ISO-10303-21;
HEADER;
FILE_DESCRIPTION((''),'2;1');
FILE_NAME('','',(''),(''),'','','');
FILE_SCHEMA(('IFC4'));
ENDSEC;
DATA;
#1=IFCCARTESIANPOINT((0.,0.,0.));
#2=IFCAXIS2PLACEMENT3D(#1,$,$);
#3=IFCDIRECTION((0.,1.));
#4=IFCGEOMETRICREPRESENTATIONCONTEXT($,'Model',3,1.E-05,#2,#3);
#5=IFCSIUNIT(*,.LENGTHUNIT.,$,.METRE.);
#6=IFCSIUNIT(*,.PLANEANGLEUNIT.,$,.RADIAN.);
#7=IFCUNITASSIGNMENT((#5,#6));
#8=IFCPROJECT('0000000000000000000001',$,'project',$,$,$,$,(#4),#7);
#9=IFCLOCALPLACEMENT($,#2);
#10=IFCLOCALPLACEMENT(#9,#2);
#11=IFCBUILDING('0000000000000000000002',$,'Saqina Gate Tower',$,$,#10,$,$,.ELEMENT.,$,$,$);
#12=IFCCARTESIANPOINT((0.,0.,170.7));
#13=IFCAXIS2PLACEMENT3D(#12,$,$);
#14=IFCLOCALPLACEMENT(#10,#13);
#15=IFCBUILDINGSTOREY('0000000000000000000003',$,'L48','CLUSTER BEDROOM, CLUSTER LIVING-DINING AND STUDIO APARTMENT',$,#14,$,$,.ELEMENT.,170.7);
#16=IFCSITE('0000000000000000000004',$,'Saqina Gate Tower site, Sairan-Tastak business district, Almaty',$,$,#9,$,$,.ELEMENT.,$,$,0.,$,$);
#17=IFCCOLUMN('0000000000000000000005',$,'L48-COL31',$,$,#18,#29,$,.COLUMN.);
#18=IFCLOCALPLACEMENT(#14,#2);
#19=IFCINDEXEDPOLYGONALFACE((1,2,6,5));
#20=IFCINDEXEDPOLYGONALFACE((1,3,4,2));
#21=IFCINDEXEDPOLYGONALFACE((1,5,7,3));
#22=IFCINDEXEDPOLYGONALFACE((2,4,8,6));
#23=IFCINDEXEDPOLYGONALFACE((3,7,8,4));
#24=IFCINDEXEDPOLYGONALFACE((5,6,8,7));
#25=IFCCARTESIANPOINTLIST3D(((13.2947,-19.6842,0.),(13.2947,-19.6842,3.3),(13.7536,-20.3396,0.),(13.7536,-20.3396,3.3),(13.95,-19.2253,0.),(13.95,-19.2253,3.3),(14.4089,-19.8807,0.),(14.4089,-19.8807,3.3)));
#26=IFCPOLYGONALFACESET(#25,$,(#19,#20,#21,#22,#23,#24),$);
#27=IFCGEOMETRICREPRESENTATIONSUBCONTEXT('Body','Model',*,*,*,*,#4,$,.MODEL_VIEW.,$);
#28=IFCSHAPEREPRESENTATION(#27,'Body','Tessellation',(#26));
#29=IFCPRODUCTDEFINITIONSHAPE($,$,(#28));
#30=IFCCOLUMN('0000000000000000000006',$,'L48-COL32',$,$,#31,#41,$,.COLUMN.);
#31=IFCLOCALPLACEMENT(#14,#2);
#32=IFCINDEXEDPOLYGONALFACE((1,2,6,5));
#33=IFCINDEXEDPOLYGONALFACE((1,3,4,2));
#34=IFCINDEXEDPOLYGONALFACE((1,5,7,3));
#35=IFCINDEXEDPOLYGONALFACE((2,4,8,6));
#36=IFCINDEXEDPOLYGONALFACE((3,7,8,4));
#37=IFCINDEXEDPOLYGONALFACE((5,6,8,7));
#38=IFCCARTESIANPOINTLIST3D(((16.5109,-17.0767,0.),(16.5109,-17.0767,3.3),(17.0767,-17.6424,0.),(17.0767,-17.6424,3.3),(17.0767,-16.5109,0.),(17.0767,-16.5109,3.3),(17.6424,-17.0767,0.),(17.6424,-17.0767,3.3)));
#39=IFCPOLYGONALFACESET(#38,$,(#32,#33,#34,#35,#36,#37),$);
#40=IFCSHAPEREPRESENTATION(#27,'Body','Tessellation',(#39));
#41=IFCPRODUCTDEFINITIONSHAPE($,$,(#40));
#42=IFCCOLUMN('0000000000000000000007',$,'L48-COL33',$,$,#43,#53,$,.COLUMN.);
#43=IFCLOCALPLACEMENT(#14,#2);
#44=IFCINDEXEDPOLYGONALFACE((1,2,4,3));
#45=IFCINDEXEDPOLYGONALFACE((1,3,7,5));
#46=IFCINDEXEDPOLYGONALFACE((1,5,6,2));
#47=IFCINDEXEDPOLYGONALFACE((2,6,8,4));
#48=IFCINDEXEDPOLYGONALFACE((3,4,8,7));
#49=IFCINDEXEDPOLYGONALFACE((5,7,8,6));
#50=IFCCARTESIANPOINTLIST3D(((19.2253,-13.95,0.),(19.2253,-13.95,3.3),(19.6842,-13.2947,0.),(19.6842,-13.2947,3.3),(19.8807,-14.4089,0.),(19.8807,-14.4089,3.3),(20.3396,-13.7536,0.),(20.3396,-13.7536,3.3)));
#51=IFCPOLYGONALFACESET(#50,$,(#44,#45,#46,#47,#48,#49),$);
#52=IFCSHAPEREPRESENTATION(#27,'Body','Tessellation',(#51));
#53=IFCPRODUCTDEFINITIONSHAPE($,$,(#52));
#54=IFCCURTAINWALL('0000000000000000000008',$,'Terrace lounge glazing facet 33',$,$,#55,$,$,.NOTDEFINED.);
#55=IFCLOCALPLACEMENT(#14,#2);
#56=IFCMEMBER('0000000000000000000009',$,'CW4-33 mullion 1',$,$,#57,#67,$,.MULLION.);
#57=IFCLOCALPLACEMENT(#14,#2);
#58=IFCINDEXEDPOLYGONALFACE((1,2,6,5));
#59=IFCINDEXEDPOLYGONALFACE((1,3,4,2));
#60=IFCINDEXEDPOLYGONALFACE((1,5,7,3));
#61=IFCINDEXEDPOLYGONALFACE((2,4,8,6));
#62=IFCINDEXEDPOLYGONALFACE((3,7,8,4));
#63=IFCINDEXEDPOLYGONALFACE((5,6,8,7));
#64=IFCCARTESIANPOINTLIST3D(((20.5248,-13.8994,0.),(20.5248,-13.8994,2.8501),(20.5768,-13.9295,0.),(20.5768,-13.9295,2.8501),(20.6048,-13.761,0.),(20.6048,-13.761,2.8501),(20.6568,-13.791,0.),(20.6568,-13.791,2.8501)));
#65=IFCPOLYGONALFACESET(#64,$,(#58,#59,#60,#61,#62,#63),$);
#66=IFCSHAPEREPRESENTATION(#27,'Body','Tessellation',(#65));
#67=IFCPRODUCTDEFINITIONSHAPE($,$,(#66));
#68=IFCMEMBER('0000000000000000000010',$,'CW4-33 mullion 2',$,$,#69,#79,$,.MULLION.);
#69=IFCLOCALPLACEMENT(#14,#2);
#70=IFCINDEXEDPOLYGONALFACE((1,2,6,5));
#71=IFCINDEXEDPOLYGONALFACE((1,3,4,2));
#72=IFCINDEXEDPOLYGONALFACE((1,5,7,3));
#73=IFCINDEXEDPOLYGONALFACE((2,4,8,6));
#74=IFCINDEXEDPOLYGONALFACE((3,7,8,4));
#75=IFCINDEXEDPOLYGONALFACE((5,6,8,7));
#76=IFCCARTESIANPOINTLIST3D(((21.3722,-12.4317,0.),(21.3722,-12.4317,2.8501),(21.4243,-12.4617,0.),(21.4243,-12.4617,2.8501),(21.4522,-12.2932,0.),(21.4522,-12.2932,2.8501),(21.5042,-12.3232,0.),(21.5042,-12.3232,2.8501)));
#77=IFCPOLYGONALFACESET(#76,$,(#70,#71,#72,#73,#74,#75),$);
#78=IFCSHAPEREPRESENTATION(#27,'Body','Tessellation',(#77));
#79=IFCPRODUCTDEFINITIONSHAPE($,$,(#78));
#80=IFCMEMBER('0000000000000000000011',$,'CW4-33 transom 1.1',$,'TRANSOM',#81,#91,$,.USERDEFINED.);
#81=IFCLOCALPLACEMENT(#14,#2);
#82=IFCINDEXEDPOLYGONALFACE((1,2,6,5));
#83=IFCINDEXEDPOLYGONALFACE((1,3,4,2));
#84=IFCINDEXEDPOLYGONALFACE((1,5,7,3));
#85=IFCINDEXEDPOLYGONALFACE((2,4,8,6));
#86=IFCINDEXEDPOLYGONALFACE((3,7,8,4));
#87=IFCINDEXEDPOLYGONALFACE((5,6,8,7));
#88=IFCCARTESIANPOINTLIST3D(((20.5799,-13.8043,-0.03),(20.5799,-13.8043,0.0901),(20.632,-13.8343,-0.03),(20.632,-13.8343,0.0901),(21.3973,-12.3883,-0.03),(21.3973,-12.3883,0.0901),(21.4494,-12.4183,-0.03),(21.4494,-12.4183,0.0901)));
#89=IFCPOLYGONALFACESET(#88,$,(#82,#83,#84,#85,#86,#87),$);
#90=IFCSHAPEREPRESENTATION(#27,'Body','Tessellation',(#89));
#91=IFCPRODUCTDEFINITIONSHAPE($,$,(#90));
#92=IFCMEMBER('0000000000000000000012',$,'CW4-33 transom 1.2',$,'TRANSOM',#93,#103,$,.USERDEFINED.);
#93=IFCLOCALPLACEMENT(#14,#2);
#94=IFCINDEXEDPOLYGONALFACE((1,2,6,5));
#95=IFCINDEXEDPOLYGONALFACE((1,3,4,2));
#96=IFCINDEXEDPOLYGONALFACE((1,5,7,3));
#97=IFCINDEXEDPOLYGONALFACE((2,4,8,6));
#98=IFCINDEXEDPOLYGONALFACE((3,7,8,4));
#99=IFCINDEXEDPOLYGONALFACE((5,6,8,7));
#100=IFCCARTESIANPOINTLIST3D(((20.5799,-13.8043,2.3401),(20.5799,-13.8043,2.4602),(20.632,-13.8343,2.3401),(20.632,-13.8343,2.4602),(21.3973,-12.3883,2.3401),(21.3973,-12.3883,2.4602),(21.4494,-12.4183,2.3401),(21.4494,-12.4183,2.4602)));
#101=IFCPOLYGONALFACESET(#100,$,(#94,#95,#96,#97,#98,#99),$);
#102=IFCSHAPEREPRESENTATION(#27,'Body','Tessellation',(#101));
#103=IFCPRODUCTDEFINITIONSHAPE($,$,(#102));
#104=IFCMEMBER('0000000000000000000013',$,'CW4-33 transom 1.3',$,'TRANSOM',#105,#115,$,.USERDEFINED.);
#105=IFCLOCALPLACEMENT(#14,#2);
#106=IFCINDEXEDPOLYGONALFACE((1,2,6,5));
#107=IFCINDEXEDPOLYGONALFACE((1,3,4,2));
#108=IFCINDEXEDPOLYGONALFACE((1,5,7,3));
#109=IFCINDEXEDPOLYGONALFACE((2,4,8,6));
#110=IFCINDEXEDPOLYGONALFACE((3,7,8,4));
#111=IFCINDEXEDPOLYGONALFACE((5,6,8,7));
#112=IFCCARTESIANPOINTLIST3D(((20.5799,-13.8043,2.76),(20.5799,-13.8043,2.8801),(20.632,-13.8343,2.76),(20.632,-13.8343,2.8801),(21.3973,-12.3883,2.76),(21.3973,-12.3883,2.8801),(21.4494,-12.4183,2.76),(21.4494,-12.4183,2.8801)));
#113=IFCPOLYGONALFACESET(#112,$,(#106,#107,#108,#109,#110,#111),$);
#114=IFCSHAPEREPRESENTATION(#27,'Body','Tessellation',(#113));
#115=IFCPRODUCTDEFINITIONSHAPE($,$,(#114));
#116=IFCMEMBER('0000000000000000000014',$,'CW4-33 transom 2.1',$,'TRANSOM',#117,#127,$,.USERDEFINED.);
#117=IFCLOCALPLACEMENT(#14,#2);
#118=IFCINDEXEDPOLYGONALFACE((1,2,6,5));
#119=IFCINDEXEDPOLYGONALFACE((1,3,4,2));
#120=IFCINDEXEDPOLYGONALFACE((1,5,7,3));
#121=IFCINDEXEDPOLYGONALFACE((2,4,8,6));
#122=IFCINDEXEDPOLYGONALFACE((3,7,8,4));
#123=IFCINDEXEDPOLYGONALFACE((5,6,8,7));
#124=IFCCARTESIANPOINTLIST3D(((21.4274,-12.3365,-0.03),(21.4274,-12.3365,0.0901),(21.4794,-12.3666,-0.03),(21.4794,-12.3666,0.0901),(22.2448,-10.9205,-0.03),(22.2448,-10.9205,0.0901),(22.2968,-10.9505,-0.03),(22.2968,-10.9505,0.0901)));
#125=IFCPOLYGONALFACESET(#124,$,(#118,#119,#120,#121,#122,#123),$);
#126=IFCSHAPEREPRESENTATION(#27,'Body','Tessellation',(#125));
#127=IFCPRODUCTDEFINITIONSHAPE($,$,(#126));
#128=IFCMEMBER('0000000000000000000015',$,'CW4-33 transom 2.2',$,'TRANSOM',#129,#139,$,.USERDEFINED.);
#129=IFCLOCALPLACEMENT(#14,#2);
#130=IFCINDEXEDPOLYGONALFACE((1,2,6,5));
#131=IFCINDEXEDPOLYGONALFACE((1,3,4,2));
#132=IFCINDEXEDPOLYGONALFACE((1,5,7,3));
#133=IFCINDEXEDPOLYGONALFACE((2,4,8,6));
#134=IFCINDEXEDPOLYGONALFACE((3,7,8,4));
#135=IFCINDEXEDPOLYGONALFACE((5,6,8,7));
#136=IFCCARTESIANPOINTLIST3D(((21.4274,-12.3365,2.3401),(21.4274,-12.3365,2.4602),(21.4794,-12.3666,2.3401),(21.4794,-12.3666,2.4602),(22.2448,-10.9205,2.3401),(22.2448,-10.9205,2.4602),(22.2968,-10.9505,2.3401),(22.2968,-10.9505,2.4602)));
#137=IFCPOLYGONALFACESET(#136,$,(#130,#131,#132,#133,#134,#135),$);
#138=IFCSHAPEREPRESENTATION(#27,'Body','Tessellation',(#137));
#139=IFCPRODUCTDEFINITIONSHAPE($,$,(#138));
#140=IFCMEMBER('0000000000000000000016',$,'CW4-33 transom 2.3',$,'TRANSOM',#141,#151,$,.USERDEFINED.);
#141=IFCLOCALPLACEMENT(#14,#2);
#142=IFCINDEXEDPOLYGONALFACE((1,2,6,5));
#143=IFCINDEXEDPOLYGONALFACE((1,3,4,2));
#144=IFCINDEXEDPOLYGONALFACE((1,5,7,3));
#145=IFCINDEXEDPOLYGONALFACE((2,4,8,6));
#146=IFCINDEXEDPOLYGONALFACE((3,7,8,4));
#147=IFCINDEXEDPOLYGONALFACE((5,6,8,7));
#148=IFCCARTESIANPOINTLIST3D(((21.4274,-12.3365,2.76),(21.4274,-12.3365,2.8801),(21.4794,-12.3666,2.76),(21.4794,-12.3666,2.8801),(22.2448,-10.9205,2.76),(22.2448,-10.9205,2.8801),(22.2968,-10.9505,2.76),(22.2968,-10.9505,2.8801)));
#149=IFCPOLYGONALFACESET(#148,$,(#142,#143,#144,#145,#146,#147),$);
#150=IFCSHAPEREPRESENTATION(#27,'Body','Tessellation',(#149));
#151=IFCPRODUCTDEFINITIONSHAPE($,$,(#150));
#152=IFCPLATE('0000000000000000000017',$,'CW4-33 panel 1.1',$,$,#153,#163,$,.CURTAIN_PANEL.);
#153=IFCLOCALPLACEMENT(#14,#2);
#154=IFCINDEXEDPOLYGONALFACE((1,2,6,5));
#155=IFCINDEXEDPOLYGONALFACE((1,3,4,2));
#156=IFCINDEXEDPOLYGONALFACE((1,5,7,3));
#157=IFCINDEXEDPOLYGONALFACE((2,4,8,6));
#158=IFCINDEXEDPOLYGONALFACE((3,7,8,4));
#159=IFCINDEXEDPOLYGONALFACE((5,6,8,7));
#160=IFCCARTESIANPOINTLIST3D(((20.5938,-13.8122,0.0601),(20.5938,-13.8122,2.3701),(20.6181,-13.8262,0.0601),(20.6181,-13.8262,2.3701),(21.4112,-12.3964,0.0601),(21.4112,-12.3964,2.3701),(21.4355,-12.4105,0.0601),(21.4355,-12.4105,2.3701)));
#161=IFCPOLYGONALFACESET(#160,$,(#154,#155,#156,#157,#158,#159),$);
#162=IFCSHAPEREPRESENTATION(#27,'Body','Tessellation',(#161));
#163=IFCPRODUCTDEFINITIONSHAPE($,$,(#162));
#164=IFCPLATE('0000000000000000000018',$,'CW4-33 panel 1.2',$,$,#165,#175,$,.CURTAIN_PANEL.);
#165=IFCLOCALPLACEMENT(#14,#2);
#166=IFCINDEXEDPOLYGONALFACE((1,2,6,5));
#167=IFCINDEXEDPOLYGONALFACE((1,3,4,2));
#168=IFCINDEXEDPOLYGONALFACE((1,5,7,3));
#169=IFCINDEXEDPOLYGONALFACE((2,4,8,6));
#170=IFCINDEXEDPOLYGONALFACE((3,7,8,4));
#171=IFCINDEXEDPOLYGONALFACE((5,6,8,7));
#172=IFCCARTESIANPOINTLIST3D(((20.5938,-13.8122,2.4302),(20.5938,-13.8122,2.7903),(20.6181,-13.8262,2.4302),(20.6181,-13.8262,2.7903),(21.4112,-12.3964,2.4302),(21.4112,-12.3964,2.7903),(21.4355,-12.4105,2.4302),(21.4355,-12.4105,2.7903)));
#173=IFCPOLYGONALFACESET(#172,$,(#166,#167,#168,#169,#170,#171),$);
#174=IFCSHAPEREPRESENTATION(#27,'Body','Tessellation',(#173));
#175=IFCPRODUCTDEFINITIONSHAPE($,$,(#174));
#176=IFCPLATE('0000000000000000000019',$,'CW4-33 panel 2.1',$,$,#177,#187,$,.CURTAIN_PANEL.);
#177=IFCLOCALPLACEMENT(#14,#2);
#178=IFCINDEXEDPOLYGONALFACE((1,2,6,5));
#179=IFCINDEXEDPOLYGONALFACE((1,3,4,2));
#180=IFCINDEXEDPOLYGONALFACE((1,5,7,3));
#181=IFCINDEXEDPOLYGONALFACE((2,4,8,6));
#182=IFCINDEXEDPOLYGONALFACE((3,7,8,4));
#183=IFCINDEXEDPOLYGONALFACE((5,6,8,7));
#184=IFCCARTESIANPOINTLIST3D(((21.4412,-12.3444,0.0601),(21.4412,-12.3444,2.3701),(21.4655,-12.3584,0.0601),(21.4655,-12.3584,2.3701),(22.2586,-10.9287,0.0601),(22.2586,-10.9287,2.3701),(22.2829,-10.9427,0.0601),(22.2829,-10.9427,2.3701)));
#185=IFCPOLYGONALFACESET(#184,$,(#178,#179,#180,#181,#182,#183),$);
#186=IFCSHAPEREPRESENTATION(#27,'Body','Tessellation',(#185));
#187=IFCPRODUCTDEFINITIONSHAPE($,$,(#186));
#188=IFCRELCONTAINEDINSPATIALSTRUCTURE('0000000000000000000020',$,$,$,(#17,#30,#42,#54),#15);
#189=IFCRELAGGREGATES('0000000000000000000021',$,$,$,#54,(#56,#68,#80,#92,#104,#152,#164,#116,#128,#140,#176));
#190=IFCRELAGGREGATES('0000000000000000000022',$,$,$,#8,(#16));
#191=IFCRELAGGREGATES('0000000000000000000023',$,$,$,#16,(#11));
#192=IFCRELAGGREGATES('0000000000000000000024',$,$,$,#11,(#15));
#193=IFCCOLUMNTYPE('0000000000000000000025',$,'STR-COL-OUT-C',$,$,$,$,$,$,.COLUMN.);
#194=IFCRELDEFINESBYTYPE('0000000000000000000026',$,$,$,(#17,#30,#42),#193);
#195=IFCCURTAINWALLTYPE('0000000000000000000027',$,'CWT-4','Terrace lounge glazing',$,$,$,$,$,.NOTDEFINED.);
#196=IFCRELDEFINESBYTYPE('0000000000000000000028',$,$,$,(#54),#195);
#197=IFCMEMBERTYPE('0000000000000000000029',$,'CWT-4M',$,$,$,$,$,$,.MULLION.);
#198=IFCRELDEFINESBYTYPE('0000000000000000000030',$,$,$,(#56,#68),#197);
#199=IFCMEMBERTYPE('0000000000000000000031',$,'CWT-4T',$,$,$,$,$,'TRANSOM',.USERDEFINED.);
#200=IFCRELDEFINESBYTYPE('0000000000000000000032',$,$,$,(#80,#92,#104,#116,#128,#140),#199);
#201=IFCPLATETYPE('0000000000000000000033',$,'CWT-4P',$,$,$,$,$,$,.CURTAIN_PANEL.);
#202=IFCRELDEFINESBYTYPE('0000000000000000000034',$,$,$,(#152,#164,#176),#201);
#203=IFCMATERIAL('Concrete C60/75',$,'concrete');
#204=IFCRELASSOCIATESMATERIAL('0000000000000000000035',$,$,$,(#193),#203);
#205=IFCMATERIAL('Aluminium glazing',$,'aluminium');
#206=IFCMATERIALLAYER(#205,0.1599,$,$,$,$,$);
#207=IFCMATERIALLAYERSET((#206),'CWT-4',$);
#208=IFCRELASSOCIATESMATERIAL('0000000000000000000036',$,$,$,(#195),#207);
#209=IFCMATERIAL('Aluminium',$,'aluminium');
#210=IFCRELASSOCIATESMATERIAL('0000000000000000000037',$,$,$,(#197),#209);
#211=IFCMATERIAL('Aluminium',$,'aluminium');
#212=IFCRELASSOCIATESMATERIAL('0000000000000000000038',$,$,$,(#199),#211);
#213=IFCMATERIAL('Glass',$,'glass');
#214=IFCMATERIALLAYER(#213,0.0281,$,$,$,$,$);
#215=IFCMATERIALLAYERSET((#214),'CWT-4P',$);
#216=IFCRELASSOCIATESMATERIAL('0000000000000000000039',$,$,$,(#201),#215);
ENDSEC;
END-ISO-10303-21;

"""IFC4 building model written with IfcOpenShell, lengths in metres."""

from ifc_helpers import new_model, si_unit, direction, frame, origin, origin_2d, place, context, subcontext, project, spatial, rectangle, extrude, material, layer, layer_set, material_profile, profile_set, type_object, element, aggregate, save


model = new_model("IFC4")

# Units and contexts
model_context = context("Model", 3, precision=1e-05, world=origin(), true_north=direction((0.0, 1.0)))
body_context = subcontext(model_context, "Body", "Model", "MODEL_VIEW")
ifc_project = project(units=[si_unit("LENGTHUNIT", "METRE"), si_unit("PLANEANGLEUNIT", "RADIAN")], contexts=[model_context])

# Site, building, storey
site_placement = place(None, origin())
site = spatial("IfcSite", under=ifc_project, at=site_placement, Name="Saqina Gate Tower site, Sairan-Tastak business district, Almaty", CompositionType="ELEMENT", RefElevation=0.0)
building_placement = place(site_placement, origin())
building = spatial("IfcBuilding", under=site, at=building_placement, Name="Saqina Gate Tower", CompositionType="ELEMENT")
storey_placement = place(building_placement, frame((0.0, 0.0, 170.7)))
storey = spatial("IfcBuildingStorey", under=building, at=storey_placement, Name="L48", Description="CLUSTER BEDROOM, CLUSTER LIVING-DINING AND STUDIO APARTMENT", CompositionType="ELEMENT", Elevation=170.7)

# Columns
ifc_material_1 = material(Name="Concrete C60/75", Category="concrete")
ifc_material_profile_1 = material_profile(ifc_material_1, rectangle(XDim=0.8, YDim=0.8, at=origin_2d()), Name="RC 800x800")
ifc_profile_set_1 = profile_set([ifc_material_profile_1], Name="Concrete C60/75")
column_type = type_object("IfcColumnType", Name="STR-COL-OUT-C", PredefinedType="COLUMN", material=ifc_profile_set_1)
for number, where, z_axis, x_axis, name in (
    (1, (13.8518, -19.7825, 0.0), (0.0, 0.0, 1.0), (0.573576, -0.819152, 0.0), "L48-COL31"),
    (2, (17.0767, -17.0767, 0.0), (0.0, 0.0, 1.0), (0.707107, -0.707107, 0.0), "L48-COL32"),
    (3, (19.7825, -13.8518, 0.0), (0.0, 0.0, 1.0), (0.819152, -0.573576, 0.0), "L48-COL33"),
):
    element("IfcColumn", number, at=place(storey_placement, frame(where, z_axis=z_axis, x_axis=x_axis)), inside=storey, type_object=column_type, Name=name, PredefinedType="COLUMN", context=body_context, shape_type="SweptSolid", body=[
        extrude(rectangle(XDim=0.8, YDim=0.8, at=origin_2d()), origin(), (0.0, 0.0, 1.0), 3.3),
    ])

# Curtain wall, members, plates
ifc_material_2 = material(Name="Aluminium glazing", Category="aluminium")
ifc_layer_1 = layer(ifc_material_2, 0.1599)
ifc_layer_set_1 = layer_set([ifc_layer_1], Name="CWT-4")
curtain_wall_type = type_object("IfcCurtainWallType", Name="CWT-4", Description="Terrace lounge glazing", PredefinedType="NOTDEFINED", material=ifc_layer_set_1)
curtain_wall_placement = place(storey_placement, origin())
curtain_wall = element("IfcCurtainWall", 4, at=curtain_wall_placement, inside=storey, type_object=curtain_wall_type, Name="Terrace lounge glazing facet 33", PredefinedType="NOTDEFINED")
ifc_material_3 = material(Name="Aluminium", Category="aluminium")
ifc_material_profile_2 = material_profile(ifc_material_3, rectangle(XDim=0.0601, YDim=0.1599, at=origin_2d()), Name="Aluminium 60x160")
ifc_profile_set_2 = profile_set([ifc_material_profile_2], Name="Aluminium")
member_type_1 = type_object("IfcMemberType", Name="CWT-4M", PredefinedType="MULLION", material=ifc_profile_set_2)
member_1_placement = place(storey_placement, frame((20.5908, -13.8452, 0.0), z_axis=(0.0, 0.0, 1.0), x_axis=(-0.866017, 0.500014, 0.0)))
member_1 = element("IfcMember", 5, at=member_1_placement, type_object=member_type_1, Name="CW4-33 mullion 1", PredefinedType="MULLION", context=body_context, shape_type="SweptSolid", body=[
    extrude(rectangle(XDim=0.0601, YDim=0.1599, at=origin_2d()), origin(), (0.0, 0.0, 1.0), 2.8501),
])
member_2_placement = place(storey_placement, frame((21.4382, -12.3774, 0.0), z_axis=(0.0, 0.0, 1.0), x_axis=(-0.866017, 0.500014, 0.0)))
member_2 = element("IfcMember", 6, at=member_2_placement, type_object=member_type_1, Name="CW4-33 mullion 2", PredefinedType="MULLION", context=body_context, shape_type="SweptSolid", body=[
    extrude(rectangle(XDim=0.0601, YDim=0.1599, at=origin_2d()), origin(), (0.0, 0.0, 1.0), 2.8501),
])
ifc_material_4 = material(Name="Aluminium", Category="aluminium")
ifc_material_profile_3 = material_profile(ifc_material_4, rectangle(XDim=0.0601, YDim=0.1201, at=origin_2d()), Name="Aluminium 60x120")
ifc_profile_set_3 = profile_set([ifc_material_profile_3], Name="Aluminium")
member_type_2 = type_object("IfcMemberType", Name="CWT-4T", ElementType="TRANSOM", PredefinedType="USERDEFINED", material=ifc_profile_set_3)
member_3_placement = place(storey_placement, frame((20.606, -13.8193, 0.03), z_axis=(0.499929, 0.866066, 0.0), x_axis=(-0.866066, 0.499929, 0.0)))
member_3 = element("IfcMember", 7, at=member_3_placement, type_object=member_type_2, Name="CW4-33 transom 1.1", ObjectType="TRANSOM", PredefinedType="USERDEFINED", context=body_context, shape_type="SweptSolid", body=[
    extrude(rectangle(XDim=0.0601, YDim=0.1201, at=origin_2d()), origin(), (0.0, 0.0, 1.0), 1.635),
])
member_4_placement = place(storey_placement, frame((20.606, -13.8193, 2.4001), z_axis=(0.499929, 0.866066, 0.0), x_axis=(-0.866066, 0.499929, 0.0)))
member_4 = element("IfcMember", 8, at=member_4_placement, type_object=member_type_2, Name="CW4-33 transom 1.2", ObjectType="TRANSOM", PredefinedType="USERDEFINED", context=body_context, shape_type="SweptSolid", body=[
    extrude(rectangle(XDim=0.0601, YDim=0.1201, at=origin_2d()), origin(), (0.0, 0.0, 1.0), 1.635),
])
member_5_placement = place(storey_placement, frame((20.606, -13.8193, 2.8201), z_axis=(0.499929, 0.866066, 0.0), x_axis=(-0.866066, 0.499929, 0.0)))
member_5 = element("IfcMember", 9, at=member_5_placement, type_object=member_type_2, Name="CW4-33 transom 1.3", ObjectType="TRANSOM", PredefinedType="USERDEFINED", context=body_context, shape_type="SweptSolid", body=[
    extrude(rectangle(XDim=0.0601, YDim=0.1201, at=origin_2d()), origin(), (0.0, 0.0, 1.0), 1.635),
])
member_6_placement = place(storey_placement, frame((21.4534, -12.3516, 0.03), z_axis=(0.499929, 0.866066, 0.0), x_axis=(-0.866066, 0.499929, 0.0)))
member_6 = element("IfcMember", 10, at=member_6_placement, type_object=member_type_2, Name="CW4-33 transom 2.1", ObjectType="TRANSOM", PredefinedType="USERDEFINED", context=body_context, shape_type="SweptSolid", body=[
    extrude(rectangle(XDim=0.0601, YDim=0.1201, at=origin_2d()), origin(), (0.0, 0.0, 1.0), 1.635),
])
member_7_placement = place(storey_placement, frame((21.4534, -12.3516, 2.4001), z_axis=(0.499929, 0.866066, 0.0), x_axis=(-0.866066, 0.499929, 0.0)))
member_7 = element("IfcMember", 11, at=member_7_placement, type_object=member_type_2, Name="CW4-33 transom 2.2", ObjectType="TRANSOM", PredefinedType="USERDEFINED", context=body_context, shape_type="SweptSolid", body=[
    extrude(rectangle(XDim=0.0601, YDim=0.1201, at=origin_2d()), origin(), (0.0, 0.0, 1.0), 1.635),
])
member_8_placement = place(storey_placement, frame((21.4534, -12.3516, 2.8201), z_axis=(0.499929, 0.866066, 0.0), x_axis=(-0.866066, 0.499929, 0.0)))
member_8 = element("IfcMember", 12, at=member_8_placement, type_object=member_type_2, Name="CW4-33 transom 2.3", ObjectType="TRANSOM", PredefinedType="USERDEFINED", context=body_context, shape_type="SweptSolid", body=[
    extrude(rectangle(XDim=0.0601, YDim=0.1201, at=origin_2d()), origin(), (0.0, 0.0, 1.0), 1.635),
])
ifc_material_5 = material(Name="Glass", Category="glass")
ifc_layer_2 = layer(ifc_material_5, 0.0281)
ifc_layer_set_2 = layer_set([ifc_layer_2], Name="CWT-4P")
plate_type = type_object("IfcPlateType", Name="CWT-4P", PredefinedType="CURTAIN_PANEL", material=ifc_layer_set_2)
plate_1_placement = place(storey_placement, frame((21.0146, -13.1113, 0.0601), z_axis=(0.0, 0.0, 1.0), x_axis=(0.500014, 0.866017, 0.0)))
plate_1 = element("IfcPlate", 13, at=plate_1_placement, type_object=plate_type, Name="CW4-33 panel 1.1", PredefinedType="CURTAIN_PANEL", context=body_context, shape_type="SweptSolid", body=[
    extrude(rectangle(XDim=1.6348, YDim=0.0281, at=origin_2d()), origin(), (0.0, 0.0, 1.0), 2.3101),
])
plate_2_placement = place(storey_placement, frame((21.0146, -13.1113, 2.4302), z_axis=(0.0, 0.0, 1.0), x_axis=(0.500014, 0.866017, 0.0)))
plate_2 = element("IfcPlate", 14, at=plate_2_placement, type_object=plate_type, Name="CW4-33 panel 1.2", PredefinedType="CURTAIN_PANEL", context=body_context, shape_type="SweptSolid", body=[
    extrude(rectangle(XDim=1.6348, YDim=0.0281, at=origin_2d()), origin(), (0.0, 0.0, 1.0), 0.3601),
])
plate_3_placement = place(storey_placement, frame((21.8621, -11.6436, 0.0601), z_axis=(0.0, 0.0, 1.0), x_axis=(0.500014, 0.866017, 0.0)))
plate_3 = element("IfcPlate", 15, at=plate_3_placement, type_object=plate_type, Name="CW4-33 panel 2.1", PredefinedType="CURTAIN_PANEL", context=body_context, shape_type="SweptSolid", body=[
    extrude(rectangle(XDim=1.6348, YDim=0.0281, at=origin_2d()), origin(), (0.0, 0.0, 1.0), 2.3101),
])
aggregate(curtain_wall, [member_1, member_2, member_3, member_4, member_5, plate_1, plate_2, member_6, member_7, member_8, plate_3])

save(model, "model.ifc")
